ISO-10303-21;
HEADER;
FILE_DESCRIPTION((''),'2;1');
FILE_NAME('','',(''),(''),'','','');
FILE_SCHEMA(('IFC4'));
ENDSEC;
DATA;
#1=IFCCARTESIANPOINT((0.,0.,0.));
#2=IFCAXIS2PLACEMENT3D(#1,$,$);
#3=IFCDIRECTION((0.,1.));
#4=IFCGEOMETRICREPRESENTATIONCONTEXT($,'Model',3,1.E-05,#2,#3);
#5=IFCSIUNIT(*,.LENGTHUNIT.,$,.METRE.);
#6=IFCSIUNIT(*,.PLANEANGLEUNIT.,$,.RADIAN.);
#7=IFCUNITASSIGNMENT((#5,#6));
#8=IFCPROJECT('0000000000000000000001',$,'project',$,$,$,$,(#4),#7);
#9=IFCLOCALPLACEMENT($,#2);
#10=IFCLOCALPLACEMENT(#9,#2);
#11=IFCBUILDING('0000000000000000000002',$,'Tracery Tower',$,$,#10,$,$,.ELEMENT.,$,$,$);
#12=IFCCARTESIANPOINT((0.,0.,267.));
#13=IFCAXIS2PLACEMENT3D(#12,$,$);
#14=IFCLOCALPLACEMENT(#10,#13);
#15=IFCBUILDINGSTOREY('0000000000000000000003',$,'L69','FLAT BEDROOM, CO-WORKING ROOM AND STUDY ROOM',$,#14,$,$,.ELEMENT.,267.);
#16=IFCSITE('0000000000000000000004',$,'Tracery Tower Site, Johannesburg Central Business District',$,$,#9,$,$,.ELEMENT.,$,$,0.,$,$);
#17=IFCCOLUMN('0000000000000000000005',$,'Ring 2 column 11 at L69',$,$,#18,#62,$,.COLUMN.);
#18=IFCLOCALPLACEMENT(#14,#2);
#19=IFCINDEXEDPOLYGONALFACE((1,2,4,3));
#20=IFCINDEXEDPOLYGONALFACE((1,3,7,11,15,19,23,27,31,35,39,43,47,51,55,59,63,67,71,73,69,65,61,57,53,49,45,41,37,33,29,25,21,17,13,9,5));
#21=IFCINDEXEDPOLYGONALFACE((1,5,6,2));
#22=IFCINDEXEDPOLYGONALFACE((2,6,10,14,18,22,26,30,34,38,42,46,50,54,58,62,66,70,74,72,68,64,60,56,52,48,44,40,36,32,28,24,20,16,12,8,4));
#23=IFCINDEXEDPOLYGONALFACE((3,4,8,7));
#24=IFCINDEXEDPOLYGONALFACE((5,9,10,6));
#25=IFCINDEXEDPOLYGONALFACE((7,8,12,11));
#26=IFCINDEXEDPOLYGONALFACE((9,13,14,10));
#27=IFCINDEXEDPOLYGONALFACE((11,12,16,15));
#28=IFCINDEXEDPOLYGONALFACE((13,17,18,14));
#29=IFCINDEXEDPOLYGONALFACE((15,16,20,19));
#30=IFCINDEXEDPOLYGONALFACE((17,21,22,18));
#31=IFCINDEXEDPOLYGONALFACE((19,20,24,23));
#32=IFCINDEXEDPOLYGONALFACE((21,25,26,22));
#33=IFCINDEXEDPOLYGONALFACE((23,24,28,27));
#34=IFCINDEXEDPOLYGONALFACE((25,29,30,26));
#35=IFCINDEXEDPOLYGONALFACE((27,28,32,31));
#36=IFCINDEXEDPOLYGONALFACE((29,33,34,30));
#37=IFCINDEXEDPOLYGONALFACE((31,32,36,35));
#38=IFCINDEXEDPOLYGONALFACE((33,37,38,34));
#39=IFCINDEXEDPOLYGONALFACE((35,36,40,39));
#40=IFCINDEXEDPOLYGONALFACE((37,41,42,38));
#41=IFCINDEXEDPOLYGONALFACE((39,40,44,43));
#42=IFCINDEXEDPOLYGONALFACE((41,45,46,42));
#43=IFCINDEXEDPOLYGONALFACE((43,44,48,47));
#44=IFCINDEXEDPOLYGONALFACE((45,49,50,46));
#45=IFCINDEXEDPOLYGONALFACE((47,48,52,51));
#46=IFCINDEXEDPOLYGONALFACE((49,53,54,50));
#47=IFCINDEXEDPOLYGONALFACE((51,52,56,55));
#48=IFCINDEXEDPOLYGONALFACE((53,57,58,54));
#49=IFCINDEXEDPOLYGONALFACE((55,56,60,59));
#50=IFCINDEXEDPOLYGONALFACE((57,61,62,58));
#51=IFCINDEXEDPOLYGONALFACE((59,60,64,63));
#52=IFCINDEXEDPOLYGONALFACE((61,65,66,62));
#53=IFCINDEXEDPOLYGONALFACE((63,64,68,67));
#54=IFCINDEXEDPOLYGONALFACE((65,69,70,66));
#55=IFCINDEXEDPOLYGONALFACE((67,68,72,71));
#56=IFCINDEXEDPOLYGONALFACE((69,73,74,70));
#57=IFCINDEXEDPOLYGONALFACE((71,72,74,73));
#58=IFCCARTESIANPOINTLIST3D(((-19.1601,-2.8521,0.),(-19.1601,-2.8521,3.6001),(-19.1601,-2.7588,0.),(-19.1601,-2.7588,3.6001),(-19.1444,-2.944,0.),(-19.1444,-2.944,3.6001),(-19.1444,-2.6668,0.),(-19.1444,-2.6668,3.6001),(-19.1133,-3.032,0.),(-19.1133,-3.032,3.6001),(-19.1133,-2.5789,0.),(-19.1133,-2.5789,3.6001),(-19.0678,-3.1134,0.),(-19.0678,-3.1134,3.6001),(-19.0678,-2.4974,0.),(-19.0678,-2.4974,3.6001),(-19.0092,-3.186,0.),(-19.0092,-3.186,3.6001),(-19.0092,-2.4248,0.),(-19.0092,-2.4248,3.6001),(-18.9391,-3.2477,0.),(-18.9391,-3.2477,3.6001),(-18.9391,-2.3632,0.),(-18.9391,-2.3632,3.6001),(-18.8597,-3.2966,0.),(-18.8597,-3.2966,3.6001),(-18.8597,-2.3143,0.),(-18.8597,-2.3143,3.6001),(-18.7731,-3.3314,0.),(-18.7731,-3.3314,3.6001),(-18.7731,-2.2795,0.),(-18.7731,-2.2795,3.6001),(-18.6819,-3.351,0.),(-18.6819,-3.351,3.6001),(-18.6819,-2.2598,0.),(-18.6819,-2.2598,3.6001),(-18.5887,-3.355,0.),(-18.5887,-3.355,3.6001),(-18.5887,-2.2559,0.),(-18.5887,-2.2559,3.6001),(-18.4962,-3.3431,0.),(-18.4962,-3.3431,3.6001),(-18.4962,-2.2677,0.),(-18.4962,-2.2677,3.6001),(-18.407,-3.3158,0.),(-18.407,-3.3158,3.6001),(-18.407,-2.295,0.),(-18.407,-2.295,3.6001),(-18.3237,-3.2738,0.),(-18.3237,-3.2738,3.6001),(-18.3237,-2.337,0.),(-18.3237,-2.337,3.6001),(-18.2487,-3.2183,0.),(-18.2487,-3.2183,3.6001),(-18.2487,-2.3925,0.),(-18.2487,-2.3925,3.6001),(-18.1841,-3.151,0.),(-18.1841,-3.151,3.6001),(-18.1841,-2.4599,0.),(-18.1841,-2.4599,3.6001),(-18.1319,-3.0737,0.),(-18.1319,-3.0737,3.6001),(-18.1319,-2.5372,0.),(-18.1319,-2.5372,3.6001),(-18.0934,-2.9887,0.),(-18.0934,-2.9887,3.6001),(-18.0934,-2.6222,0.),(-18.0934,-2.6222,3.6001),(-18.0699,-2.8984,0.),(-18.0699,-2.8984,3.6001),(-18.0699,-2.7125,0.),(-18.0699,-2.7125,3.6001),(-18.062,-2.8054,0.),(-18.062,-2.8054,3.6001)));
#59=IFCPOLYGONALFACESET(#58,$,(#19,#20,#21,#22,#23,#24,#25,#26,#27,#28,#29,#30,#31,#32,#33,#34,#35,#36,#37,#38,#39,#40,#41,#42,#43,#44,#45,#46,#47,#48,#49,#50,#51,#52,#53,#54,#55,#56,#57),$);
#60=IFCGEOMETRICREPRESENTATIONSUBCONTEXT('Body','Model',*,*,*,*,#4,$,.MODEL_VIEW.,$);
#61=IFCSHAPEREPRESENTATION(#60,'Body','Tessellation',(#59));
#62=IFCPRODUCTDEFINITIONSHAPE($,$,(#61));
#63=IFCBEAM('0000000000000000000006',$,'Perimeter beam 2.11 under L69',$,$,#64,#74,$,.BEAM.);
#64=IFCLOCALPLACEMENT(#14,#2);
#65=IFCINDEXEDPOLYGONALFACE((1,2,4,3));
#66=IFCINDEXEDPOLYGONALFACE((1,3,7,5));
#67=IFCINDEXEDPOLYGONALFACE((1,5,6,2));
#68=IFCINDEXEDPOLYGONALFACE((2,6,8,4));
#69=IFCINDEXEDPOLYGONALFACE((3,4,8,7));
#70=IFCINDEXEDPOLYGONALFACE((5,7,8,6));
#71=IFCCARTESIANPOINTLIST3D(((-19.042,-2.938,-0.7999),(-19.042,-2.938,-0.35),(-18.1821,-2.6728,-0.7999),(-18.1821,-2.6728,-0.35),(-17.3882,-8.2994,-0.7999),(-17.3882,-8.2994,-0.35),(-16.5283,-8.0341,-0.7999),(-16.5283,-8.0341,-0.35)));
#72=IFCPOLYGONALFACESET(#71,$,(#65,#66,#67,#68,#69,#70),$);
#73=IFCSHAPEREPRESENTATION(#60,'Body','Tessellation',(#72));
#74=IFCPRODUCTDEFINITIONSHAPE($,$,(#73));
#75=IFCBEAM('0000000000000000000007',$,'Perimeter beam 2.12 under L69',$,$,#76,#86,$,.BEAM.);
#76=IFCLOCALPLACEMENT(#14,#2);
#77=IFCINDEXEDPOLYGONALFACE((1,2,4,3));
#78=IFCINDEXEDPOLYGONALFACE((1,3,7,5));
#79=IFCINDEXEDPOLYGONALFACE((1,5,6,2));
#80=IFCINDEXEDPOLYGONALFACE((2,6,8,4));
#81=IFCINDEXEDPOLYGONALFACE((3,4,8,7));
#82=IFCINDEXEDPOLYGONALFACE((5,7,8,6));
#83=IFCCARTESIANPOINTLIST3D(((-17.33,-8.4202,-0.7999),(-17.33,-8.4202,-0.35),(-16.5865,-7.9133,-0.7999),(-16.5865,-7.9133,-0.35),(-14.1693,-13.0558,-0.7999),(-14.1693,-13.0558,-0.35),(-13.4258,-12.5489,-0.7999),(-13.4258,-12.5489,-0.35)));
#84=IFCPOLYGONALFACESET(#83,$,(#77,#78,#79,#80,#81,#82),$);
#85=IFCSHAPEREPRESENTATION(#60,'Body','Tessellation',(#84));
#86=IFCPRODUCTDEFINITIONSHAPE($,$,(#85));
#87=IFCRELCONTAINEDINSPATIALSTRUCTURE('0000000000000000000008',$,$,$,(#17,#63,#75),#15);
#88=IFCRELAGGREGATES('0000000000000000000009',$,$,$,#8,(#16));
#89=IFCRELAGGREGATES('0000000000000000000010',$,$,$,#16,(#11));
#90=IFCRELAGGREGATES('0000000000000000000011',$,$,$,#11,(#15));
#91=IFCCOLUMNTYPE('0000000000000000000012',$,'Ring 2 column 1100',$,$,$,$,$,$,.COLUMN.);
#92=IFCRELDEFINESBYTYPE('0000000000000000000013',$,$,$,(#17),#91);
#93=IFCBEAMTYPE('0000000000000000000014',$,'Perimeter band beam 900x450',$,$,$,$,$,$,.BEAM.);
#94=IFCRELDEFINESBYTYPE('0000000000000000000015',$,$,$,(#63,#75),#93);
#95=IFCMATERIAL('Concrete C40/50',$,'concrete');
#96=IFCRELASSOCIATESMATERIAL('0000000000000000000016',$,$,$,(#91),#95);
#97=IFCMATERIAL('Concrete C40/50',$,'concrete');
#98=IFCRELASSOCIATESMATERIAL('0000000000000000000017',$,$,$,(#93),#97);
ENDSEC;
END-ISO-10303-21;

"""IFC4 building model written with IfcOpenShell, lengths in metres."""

from ifc_helpers import new_model, si_unit, direction, frame, origin, origin_2d, place, context, subcontext, project, spatial, rectangle, circle, extrude, material, material_profile, profile_set, type_object, element, save


model = new_model("IFC4")

# Units and contexts
model_context = context("Model", 3, precision=1e-05, world=origin(), true_north=direction((0.0, 1.0)))
body_context = subcontext(model_context, "Body", "Model", "MODEL_VIEW")
ifc_project = project(units=[si_unit("LENGTHUNIT", "METRE"), si_unit("PLANEANGLEUNIT", "RADIAN")], contexts=[model_context])

# Site, building, storey
site_placement = place(None, origin())
site = spatial("IfcSite", under=ifc_project, at=site_placement, Name="Tracery Tower Site, Johannesburg Central Business District", CompositionType="ELEMENT", RefElevation=0.0)
building_placement = place(site_placement, origin())
building = spatial("IfcBuilding", under=site, at=building_placement, Name="Tracery Tower", CompositionType="ELEMENT")
storey_placement = place(building_placement, frame((0.0, 0.0, 267.0)))
storey = spatial("IfcBuildingStorey", under=building, at=storey_placement, Name="L69", Description="FLAT BEDROOM, CO-WORKING ROOM AND STUDY ROOM", CompositionType="ELEMENT", Elevation=267.0)

# Column
ifc_material_1 = material(Name="Concrete C40/50", Category="concrete")
ifc_material_profile_1 = material_profile(ifc_material_1, circle(Radius=0.55, at=origin_2d()), Name="RC D1100")
ifc_profile_set_1 = profile_set([ifc_material_profile_1], Name="Concrete C40/50")
column_type = type_object("IfcColumnType", Name="Ring 2 column 1100", PredefinedType="COLUMN", material=ifc_profile_set_1)
column_placement = place(storey_placement, frame((-18.6121, -2.8054, 0.0), z_axis=(0.0, 0.0, 1.0), x_axis=(1.0, 0.0, 0.0)))
element("IfcColumn", 1, at=column_placement, inside=storey, type_object=column_type, Name="Ring 2 column 11 at L69", PredefinedType="COLUMN", context=body_context, shape_type="SweptSolid", body=[
    extrude(circle(Radius=0.55, at=origin_2d()), origin(), (0.0, 0.0, 1.0), 3.6001),
])

# Beams
ifc_material_2 = material(Name="Concrete C40/50", Category="concrete")
ifc_material_profile_2 = material_profile(ifc_material_2, rectangle(XDim=0.8999, YDim=0.45, at=origin_2d()), Name="RC 900x450")
ifc_profile_set_2 = profile_set([ifc_material_profile_2], Name="Concrete C40/50")
beam_type = type_object("IfcBeamType", Name="Perimeter band beam 900x450", PredefinedType="BEAM", material=ifc_profile_set_2)
for number, where, z_axis, x_axis, name in (
    (2, (-18.6121, -2.8054, -0.575), (0.294765, -0.95557, 0.0), (0.95557, 0.294765, 0.0), "Perimeter beam 2.11 under L69"),
    (3, (-16.9583, -8.1667, -0.575), (0.563346, -0.826221, 0.0), (0.826221, 0.563346, 0.0), "Perimeter beam 2.12 under L69"),
):
    element("IfcBeam", number, at=place(storey_placement, frame(where, z_axis=z_axis, x_axis=x_axis)), inside=storey, type_object=beam_type, Name=name, PredefinedType="BEAM", context=body_context, shape_type="SweptSolid", body=[
        extrude(rectangle(XDim=0.8999, YDim=0.45, at=origin_2d()), origin(), (0.0, 0.0, 1.0), 5.6106),
    ])

save(model, "model.ifc")
